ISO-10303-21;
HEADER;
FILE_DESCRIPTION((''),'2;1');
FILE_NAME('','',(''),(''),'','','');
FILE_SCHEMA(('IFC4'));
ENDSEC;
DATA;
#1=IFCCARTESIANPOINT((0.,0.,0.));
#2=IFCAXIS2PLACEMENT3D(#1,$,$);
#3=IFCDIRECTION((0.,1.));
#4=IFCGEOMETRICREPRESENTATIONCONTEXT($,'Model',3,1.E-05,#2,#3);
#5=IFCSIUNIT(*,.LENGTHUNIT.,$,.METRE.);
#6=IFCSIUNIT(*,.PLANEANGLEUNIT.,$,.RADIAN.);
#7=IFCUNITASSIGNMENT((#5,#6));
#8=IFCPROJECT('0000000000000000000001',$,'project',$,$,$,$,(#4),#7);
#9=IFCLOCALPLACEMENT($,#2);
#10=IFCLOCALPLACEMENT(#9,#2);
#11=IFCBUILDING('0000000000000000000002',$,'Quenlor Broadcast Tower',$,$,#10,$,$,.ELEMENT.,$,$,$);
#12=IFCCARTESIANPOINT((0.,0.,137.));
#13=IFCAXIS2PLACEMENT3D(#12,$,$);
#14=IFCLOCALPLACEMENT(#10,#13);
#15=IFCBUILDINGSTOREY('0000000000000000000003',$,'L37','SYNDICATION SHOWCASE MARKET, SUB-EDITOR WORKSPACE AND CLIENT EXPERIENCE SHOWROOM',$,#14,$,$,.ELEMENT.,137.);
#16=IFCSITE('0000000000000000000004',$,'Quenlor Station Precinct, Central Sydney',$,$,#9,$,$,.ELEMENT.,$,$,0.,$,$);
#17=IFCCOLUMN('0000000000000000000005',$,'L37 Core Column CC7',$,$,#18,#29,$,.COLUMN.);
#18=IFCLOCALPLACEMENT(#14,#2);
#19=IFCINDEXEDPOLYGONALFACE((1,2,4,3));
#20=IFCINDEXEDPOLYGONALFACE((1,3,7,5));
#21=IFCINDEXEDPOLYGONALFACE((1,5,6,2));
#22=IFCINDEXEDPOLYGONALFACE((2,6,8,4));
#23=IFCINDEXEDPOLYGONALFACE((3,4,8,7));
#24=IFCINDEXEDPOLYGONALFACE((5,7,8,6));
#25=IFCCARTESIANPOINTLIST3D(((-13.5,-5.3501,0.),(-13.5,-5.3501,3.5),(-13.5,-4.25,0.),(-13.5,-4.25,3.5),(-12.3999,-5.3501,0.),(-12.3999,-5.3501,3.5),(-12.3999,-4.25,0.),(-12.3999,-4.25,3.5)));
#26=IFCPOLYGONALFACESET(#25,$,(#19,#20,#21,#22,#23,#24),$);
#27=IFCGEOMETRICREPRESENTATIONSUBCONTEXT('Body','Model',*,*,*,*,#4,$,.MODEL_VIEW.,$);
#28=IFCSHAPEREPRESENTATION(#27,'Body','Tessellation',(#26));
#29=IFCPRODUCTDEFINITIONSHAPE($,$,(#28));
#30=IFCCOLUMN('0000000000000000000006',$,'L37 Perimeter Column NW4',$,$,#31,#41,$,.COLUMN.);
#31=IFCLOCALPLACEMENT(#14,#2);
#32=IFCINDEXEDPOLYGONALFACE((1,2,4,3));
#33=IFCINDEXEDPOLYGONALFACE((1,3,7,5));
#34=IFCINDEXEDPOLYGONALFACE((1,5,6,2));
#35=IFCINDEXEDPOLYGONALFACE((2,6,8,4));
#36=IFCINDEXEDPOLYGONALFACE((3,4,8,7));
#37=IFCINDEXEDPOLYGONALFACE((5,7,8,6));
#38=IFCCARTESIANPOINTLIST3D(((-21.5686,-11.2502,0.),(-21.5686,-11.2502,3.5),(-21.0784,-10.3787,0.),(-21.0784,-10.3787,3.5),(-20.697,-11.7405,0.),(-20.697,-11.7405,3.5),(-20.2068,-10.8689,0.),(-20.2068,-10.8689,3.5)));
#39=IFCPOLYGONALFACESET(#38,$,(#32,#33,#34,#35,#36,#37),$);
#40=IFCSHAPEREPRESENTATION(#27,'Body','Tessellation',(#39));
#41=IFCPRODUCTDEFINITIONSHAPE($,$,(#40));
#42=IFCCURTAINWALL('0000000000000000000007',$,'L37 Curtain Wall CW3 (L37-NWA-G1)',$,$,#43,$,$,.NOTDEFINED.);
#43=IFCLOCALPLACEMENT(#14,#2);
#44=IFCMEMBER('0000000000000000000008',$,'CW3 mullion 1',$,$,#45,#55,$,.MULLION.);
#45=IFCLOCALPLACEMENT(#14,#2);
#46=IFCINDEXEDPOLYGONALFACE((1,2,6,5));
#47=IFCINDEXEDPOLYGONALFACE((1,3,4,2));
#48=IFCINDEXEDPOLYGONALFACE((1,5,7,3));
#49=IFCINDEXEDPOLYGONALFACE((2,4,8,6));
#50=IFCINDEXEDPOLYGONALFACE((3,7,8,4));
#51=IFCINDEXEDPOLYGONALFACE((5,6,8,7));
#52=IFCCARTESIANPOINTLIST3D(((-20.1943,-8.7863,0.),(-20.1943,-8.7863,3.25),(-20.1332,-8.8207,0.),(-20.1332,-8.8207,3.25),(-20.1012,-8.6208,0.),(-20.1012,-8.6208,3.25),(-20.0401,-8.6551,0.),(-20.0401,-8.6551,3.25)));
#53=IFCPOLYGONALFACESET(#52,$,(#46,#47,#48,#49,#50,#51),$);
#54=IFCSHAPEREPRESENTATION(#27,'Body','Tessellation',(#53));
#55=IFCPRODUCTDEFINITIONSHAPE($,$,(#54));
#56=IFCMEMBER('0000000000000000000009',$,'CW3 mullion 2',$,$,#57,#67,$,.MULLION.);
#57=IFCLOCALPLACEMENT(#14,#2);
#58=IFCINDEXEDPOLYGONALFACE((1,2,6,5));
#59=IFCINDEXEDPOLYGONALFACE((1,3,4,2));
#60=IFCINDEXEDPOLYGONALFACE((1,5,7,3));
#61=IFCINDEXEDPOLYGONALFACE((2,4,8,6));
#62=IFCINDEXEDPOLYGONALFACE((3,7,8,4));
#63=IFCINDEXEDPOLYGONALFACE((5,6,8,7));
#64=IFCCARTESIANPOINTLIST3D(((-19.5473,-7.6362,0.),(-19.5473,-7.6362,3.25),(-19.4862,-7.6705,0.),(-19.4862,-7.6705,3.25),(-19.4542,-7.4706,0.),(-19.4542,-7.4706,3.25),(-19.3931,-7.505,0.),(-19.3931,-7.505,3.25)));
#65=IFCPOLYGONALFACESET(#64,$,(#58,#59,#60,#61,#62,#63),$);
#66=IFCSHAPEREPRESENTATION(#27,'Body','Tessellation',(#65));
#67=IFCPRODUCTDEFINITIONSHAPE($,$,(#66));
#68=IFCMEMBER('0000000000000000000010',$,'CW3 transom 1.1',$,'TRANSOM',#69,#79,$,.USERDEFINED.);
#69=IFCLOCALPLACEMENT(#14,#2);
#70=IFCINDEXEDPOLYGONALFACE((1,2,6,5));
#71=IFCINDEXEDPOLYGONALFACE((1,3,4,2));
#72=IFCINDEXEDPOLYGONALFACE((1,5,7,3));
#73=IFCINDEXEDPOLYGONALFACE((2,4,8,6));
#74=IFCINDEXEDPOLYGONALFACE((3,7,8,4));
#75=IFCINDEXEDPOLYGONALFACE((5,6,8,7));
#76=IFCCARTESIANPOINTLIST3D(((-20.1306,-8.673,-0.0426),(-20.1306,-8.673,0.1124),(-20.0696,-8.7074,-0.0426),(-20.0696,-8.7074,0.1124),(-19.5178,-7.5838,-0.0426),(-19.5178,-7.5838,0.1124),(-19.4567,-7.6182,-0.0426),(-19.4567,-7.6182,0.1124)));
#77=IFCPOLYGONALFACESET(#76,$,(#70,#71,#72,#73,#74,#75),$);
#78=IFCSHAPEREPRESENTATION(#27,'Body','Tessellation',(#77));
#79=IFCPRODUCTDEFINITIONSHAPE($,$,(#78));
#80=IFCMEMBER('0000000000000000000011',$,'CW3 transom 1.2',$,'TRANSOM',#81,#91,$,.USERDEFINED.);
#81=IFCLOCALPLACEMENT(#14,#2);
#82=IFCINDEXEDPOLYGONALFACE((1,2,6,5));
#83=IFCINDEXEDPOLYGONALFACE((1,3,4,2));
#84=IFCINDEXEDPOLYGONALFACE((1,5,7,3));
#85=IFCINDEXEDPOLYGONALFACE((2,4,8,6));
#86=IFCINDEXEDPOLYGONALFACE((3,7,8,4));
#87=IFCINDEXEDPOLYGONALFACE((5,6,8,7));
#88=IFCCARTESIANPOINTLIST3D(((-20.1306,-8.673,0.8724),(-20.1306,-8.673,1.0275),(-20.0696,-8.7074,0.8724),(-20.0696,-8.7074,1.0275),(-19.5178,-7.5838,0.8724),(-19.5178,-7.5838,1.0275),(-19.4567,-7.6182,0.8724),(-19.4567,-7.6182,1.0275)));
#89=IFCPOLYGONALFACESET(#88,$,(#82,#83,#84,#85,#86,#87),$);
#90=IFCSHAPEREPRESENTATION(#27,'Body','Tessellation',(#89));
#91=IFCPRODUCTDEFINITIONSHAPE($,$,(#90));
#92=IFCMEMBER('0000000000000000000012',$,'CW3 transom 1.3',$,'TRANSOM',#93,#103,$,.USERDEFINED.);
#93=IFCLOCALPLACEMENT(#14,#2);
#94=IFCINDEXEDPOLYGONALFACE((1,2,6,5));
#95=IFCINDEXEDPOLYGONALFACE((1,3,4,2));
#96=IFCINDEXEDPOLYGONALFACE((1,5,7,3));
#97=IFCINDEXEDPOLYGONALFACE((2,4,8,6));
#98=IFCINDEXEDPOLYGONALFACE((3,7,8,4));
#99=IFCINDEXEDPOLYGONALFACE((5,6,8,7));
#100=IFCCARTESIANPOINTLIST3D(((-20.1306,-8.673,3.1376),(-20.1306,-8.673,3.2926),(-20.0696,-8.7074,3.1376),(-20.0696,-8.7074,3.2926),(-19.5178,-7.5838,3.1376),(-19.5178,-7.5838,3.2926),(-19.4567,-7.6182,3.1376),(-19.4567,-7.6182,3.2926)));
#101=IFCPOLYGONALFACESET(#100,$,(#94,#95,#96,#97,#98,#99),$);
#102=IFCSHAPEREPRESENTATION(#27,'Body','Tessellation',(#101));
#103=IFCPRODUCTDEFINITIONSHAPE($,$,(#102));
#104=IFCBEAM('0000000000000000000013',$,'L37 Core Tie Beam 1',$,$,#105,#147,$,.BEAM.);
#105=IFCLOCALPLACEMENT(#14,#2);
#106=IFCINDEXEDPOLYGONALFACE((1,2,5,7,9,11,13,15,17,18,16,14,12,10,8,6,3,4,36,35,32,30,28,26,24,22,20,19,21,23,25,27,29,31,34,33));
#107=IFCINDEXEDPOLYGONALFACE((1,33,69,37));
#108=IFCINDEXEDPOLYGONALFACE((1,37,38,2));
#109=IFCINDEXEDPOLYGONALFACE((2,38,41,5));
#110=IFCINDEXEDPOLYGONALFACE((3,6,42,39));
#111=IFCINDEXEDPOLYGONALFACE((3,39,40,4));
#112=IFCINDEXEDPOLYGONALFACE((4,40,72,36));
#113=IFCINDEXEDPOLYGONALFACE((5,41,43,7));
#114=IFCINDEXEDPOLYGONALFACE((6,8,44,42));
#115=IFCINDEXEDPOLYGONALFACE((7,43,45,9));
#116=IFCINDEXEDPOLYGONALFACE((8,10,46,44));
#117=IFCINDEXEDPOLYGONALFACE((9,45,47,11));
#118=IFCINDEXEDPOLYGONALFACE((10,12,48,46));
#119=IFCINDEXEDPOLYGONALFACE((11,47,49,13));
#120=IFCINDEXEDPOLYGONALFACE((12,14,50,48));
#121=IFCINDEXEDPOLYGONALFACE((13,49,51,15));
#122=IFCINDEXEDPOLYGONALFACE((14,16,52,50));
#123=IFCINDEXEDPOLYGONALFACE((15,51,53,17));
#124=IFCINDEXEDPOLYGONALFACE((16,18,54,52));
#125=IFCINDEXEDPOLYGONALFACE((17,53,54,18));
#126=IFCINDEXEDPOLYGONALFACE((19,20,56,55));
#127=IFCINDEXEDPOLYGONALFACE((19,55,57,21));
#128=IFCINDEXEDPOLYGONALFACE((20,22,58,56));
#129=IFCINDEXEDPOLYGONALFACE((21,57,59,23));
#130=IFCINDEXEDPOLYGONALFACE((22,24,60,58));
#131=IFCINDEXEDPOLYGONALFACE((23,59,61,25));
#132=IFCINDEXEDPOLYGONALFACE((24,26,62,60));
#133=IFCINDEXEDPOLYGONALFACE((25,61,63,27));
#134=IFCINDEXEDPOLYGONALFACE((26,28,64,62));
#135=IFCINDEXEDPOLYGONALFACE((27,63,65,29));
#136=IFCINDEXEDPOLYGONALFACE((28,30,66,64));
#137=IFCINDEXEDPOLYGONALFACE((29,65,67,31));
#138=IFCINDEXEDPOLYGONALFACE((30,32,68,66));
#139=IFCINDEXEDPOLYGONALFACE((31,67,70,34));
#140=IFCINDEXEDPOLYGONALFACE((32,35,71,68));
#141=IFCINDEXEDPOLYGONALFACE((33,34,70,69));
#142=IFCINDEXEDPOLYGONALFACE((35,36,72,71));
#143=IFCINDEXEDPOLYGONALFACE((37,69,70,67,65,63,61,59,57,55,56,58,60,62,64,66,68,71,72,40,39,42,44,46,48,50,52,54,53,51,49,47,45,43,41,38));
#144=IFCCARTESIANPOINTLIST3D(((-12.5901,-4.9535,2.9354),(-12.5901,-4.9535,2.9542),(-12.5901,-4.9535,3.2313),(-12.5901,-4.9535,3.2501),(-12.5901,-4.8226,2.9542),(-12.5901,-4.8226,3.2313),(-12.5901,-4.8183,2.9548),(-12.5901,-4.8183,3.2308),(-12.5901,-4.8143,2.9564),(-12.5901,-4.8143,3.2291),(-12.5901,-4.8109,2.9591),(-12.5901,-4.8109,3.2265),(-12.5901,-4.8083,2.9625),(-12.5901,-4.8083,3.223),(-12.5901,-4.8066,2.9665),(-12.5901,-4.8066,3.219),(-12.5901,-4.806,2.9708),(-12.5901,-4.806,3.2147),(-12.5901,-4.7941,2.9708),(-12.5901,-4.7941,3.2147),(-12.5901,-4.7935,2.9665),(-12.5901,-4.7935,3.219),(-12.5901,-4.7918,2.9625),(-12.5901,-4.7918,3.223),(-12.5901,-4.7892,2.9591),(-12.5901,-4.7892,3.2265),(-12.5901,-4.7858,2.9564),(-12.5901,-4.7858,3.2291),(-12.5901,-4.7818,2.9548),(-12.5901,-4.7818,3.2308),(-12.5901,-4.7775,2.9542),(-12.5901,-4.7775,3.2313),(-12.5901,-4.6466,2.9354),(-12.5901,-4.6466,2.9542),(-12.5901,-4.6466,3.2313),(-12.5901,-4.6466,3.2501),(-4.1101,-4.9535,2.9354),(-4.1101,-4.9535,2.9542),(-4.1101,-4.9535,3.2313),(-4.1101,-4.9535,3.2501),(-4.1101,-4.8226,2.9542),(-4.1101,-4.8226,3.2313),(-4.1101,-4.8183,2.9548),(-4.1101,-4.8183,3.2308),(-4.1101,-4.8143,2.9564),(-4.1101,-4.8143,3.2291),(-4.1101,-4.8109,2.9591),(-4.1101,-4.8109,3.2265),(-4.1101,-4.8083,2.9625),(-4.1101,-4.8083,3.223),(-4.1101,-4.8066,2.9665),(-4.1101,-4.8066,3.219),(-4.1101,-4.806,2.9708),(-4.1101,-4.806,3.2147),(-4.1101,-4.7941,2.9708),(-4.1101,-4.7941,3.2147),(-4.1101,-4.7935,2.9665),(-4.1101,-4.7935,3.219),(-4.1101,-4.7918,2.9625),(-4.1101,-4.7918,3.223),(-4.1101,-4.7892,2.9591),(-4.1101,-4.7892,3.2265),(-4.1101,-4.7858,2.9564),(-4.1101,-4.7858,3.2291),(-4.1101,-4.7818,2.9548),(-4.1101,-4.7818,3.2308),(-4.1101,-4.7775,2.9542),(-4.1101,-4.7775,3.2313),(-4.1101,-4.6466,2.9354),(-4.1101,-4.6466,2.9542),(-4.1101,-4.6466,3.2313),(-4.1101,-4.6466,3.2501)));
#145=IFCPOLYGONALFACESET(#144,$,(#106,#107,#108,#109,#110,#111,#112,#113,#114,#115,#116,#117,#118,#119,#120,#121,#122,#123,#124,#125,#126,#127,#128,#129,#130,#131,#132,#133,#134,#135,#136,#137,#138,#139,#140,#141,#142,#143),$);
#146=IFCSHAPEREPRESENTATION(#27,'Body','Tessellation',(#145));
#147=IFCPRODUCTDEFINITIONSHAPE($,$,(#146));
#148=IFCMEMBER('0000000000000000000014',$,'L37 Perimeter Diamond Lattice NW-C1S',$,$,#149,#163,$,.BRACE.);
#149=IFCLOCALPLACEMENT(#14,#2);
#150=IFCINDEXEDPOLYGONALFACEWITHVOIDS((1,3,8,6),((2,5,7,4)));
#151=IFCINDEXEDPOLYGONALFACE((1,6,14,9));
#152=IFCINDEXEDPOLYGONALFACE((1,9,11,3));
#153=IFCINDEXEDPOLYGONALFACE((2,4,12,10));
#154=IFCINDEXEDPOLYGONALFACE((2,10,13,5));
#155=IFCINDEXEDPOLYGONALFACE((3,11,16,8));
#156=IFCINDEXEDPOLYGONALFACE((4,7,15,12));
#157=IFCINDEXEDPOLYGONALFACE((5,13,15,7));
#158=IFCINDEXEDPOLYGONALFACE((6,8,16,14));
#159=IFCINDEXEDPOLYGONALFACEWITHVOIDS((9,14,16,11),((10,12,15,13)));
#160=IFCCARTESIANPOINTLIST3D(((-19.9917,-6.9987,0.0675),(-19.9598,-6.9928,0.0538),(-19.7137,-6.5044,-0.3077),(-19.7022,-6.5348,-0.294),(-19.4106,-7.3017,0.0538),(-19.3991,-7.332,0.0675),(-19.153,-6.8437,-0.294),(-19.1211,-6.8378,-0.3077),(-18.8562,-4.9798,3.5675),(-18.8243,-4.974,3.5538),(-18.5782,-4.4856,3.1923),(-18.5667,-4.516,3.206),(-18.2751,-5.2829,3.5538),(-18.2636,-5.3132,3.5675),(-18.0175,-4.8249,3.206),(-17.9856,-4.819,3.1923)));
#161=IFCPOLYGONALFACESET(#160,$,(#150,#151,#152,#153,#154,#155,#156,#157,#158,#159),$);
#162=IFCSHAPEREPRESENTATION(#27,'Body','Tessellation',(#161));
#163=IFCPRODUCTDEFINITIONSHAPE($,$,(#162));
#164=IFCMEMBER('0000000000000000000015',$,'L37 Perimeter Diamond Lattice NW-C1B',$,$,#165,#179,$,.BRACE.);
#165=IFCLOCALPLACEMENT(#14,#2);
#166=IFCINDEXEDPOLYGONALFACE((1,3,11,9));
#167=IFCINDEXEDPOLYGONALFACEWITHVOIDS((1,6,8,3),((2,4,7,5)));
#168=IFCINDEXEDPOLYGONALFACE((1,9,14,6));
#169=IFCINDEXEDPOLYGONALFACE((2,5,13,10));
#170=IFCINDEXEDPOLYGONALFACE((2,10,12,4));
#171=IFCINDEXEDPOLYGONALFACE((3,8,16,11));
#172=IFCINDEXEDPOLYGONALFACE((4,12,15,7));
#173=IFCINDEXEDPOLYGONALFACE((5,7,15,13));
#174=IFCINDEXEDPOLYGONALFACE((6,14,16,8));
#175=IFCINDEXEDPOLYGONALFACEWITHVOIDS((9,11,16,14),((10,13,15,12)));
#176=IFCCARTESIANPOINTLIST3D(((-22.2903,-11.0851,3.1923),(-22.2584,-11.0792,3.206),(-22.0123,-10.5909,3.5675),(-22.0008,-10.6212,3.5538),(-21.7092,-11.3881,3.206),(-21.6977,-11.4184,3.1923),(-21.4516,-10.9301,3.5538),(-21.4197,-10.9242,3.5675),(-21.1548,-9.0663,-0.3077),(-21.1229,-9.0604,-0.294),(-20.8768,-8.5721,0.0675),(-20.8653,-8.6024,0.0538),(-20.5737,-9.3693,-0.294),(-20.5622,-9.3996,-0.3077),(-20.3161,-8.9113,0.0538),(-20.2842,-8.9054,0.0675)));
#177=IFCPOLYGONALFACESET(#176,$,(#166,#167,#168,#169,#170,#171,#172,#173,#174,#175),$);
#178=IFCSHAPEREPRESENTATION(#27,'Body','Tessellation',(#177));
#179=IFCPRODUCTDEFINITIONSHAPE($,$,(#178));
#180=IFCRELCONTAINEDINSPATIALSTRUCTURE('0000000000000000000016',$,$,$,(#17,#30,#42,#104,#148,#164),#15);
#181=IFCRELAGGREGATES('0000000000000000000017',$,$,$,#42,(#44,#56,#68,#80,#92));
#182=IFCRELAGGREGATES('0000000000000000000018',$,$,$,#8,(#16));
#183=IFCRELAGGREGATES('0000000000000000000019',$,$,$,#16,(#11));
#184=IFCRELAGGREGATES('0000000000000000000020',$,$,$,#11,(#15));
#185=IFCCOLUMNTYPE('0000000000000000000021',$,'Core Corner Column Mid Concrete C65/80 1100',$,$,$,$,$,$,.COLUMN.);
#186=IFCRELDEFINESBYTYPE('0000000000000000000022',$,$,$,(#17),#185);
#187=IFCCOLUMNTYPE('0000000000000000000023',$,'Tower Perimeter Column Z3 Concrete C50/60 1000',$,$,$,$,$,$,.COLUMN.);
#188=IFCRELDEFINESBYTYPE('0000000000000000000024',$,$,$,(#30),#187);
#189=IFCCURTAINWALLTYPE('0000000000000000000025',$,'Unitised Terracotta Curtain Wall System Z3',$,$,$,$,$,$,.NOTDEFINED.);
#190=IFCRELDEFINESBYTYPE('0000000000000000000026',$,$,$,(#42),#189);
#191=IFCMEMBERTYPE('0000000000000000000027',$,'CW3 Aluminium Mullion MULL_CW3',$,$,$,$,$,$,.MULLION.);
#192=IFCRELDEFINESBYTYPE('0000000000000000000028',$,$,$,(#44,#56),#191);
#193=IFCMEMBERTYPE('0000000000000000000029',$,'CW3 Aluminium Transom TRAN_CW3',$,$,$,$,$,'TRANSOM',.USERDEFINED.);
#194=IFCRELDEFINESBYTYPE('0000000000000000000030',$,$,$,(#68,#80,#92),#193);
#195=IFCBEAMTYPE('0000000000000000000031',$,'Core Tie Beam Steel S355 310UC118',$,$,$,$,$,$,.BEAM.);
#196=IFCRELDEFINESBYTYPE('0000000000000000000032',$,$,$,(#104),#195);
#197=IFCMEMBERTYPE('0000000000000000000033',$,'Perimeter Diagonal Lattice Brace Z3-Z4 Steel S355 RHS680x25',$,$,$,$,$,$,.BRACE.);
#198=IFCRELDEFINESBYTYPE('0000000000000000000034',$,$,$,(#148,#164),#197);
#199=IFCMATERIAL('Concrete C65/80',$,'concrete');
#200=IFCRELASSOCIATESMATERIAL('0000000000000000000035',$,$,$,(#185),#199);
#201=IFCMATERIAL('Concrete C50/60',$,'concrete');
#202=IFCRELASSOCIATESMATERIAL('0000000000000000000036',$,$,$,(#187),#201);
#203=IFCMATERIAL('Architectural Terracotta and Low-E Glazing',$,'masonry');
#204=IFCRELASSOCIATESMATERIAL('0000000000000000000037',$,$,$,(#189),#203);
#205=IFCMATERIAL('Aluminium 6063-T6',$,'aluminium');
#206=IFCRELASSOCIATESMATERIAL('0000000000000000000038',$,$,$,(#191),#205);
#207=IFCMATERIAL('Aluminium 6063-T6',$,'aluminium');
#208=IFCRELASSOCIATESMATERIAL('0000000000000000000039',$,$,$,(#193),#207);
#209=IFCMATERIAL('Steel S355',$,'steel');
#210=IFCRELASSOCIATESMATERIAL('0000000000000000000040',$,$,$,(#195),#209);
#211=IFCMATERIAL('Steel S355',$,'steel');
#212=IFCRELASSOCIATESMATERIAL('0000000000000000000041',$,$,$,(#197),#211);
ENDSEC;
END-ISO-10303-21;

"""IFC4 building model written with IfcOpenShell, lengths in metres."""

from ifc_helpers import new_model, si_unit, direction, frame, origin, origin_2d, place, context, subcontext, project, spatial, rectangle, hollow_rectangle, i_section, extrude, material, material_profile, profile_set, type_object, element, aggregate, save


model = new_model("IFC4")

# Units and contexts
model_context = context("Model", 3, precision=1e-05, world=origin(), true_north=direction((0.0, 1.0)))
body_context = subcontext(model_context, "Body", "Model", "MODEL_VIEW")
ifc_project = project(units=[si_unit("LENGTHUNIT", "METRE"), si_unit("PLANEANGLEUNIT", "RADIAN")], contexts=[model_context])

# Site, building, storey
site_placement = place(None, origin())
site = spatial("IfcSite", under=ifc_project, at=site_placement, Name="Quenlor Station Precinct, Central Sydney", CompositionType="ELEMENT", RefElevation=0.0)
building_placement = place(site_placement, origin())
building = spatial("IfcBuilding", under=site, at=building_placement, Name="Quenlor Broadcast Tower", CompositionType="ELEMENT")
storey_placement = place(building_placement, frame((0.0, 0.0, 137.0)))
storey = spatial("IfcBuildingStorey", under=building, at=storey_placement, Name="L37", Description="SYNDICATION SHOWCASE MARKET, SUB-EDITOR WORKSPACE AND CLIENT EXPERIENCE SHOWROOM", CompositionType="ELEMENT", Elevation=137.0)

# Columns
ifc_material_1 = material(Name="Concrete C65/80", Category="concrete")
ifc_material_profile_1 = material_profile(ifc_material_1, rectangle(XDim=1.1001, YDim=1.1001, at=origin_2d()))
ifc_profile_set_1 = profile_set([ifc_material_profile_1], Name="Concrete C65/80 RC1100x1100")
column_type_1 = type_object("IfcColumnType", Name="Core Corner Column Mid Concrete C65/80 1100", PredefinedType="COLUMN", material=ifc_profile_set_1)
column_1_placement = place(storey_placement, frame((-12.95, -4.8, 0.0), z_axis=(0.0, 0.0, 1.0), x_axis=(1.0, 0.0, 0.0)))
element("IfcColumn", 1, at=column_1_placement, inside=storey, type_object=column_type_1, Name="L37 Core Column CC7", PredefinedType="COLUMN", context=body_context, shape_type="SweptSolid", body=[
    extrude(rectangle(XDim=1.1001, YDim=1.1001, at=origin_2d()), origin(), (0.0, 0.0, 1.0), 3.5),
])
ifc_material_2 = material(Name="Concrete C50/60", Category="concrete")
ifc_material_profile_2 = material_profile(ifc_material_2, rectangle(XDim=1.0, YDim=1.0, at=origin_2d()))
ifc_profile_set_2 = profile_set([ifc_material_profile_2], Name="Concrete C50/60 RC1000x1000")
column_type_2 = type_object("IfcColumnType", Name="Tower Perimeter Column Z3 Concrete C50/60 1000", PredefinedType="COLUMN", material=ifc_profile_set_2)
column_2_placement = place(storey_placement, frame((-20.8877, -11.0596, 0.0), z_axis=(0.0, 0.0, 1.0), x_axis=(-0.871575, 0.490262, 0.0)))
element("IfcColumn", 2, at=column_2_placement, inside=storey, type_object=column_type_2, Name="L37 Perimeter Column NW4", PredefinedType="COLUMN", context=body_context, shape_type="SweptSolid", body=[
    extrude(rectangle(XDim=1.0, YDim=1.0, at=origin_2d()), origin(), (0.0, 0.0, 1.0), 3.5),
])

# Curtain wall, members
ifc_material_3 = material(Name="Architectural Terracotta and Low-E Glazing", Category="masonry")
curtain_wall_type = type_object("IfcCurtainWallType", Name="Unitised Terracotta Curtain Wall System Z3", PredefinedType="NOTDEFINED", material=ifc_material_3)
curtain_wall_placement = place(storey_placement, origin())
curtain_wall = element("IfcCurtainWall", 3, at=curtain_wall_placement, inside=storey, type_object=curtain_wall_type, Name="L37 Curtain Wall CW3 (L37-NWA-G1)", PredefinedType="NOTDEFINED")
ifc_material_4 = material(Name="Aluminium 6063-T6", Category="aluminium")
ifc_material_profile_3 = material_profile(ifc_material_4, rectangle(XDim=0.0701, YDim=0.1899, at=origin_2d()))
ifc_profile_set_3 = profile_set([ifc_material_profile_3], Name="Aluminium 6063-T6 MULL70x190")
member_type_1 = type_object("IfcMemberType", Name="CW3 Aluminium Mullion MULL_CW3", PredefinedType="MULLION", material=ifc_profile_set_3)
member_1_placement = place(storey_placement, frame((-20.1172, -8.7207, 0.0), z_axis=(0.0, 0.0, 1.0), x_axis=(-0.871576, 0.490261, 0.0)))
member_1 = element("IfcMember", 4, at=member_1_placement, type_object=member_type_1, Name="CW3 mullion 1", PredefinedType="MULLION", context=body_context, shape_type="SweptSolid", body=[
    extrude(rectangle(XDim=0.0701, YDim=0.1899, at=origin_2d()), origin(), (0.0, 0.0, 1.0), 3.25),
])
member_2_placement = place(storey_placement, frame((-19.4702, -7.5706, 0.0), z_axis=(0.0, 0.0, 1.0), x_axis=(-0.871576, 0.490261, 0.0)))
member_2 = element("IfcMember", 5, at=member_2_placement, type_object=member_type_1, Name="CW3 mullion 2", PredefinedType="MULLION", context=body_context, shape_type="SweptSolid", body=[
    extrude(rectangle(XDim=0.0701, YDim=0.1899, at=origin_2d()), origin(), (0.0, 0.0, 1.0), 3.25),
])
ifc_material_5 = material(Name="Aluminium 6063-T6", Category="aluminium")
ifc_material_profile_4 = material_profile(ifc_material_5, rectangle(XDim=0.0701, YDim=0.155, at=origin_2d()))
ifc_profile_set_4 = profile_set([ifc_material_profile_4], Name="Aluminium 6063-T6 TRAN70x155")
member_type_2 = type_object("IfcMemberType", Name="CW3 Aluminium Transom TRAN_CW3", ElementType="TRANSOM", PredefinedType="USERDEFINED", material=ifc_profile_set_4)
member_3_placement = place(storey_placement, frame((-20.1001, -8.6902, 0.0349), z_axis=(0.490363, 0.871518, 0.0), x_axis=(-0.871518, 0.490363, 0.0)))
member_3 = element("IfcMember", 6, at=member_3_placement, type_object=member_type_2, Name="CW3 transom 1.1", ObjectType="TRANSOM", PredefinedType="USERDEFINED", context=body_context, shape_type="SweptSolid", body=[
    extrude(rectangle(XDim=0.0701, YDim=0.155, at=origin_2d()), origin(), (0.0, 0.0, 1.0), 1.2498),
])
member_4_placement = place(storey_placement, frame((-20.1001, -8.6902, 0.95), z_axis=(0.490363, 0.871518, 0.0), x_axis=(-0.871518, 0.490363, 0.0)))
member_4 = element("IfcMember", 7, at=member_4_placement, type_object=member_type_2, Name="CW3 transom 1.2", ObjectType="TRANSOM", PredefinedType="USERDEFINED", context=body_context, shape_type="SweptSolid", body=[
    extrude(rectangle(XDim=0.0701, YDim=0.155, at=origin_2d()), origin(), (0.0, 0.0, 1.0), 1.2498),
])
member_5_placement = place(storey_placement, frame((-20.1001, -8.6902, 3.2151), z_axis=(0.490363, 0.871518, 0.0), x_axis=(-0.871518, 0.490363, 0.0)))
member_5 = element("IfcMember", 8, at=member_5_placement, type_object=member_type_2, Name="CW3 transom 1.3", ObjectType="TRANSOM", PredefinedType="USERDEFINED", context=body_context, shape_type="SweptSolid", body=[
    extrude(rectangle(XDim=0.0701, YDim=0.155, at=origin_2d()), origin(), (0.0, 0.0, 1.0), 1.2498),
])

# Beam
ifc_material_6 = material(Name="Steel S355", Category="steel")
ifc_material_profile_5 = material_profile(ifc_material_6, i_section(OverallWidth=0.3069, OverallDepth=0.3147, WebThickness=0.012, FlangeThickness=0.0188, FilletRadius=0.0166, at=origin_2d()))
ifc_profile_set_5 = profile_set([ifc_material_profile_5], Name="Steel S355 310UC118")
beam_type_1 = type_object("IfcBeamType", Name="Core Tie Beam Steel S355 310UC118", PredefinedType="BEAM", material=ifc_profile_set_5)
beam_1_placement = place(storey_placement, frame((-12.5901, -4.8, 3.0928), z_axis=(1.0, 0.0, 0.0), x_axis=(0.0, 1.0, 0.0)))
element("IfcBeam", 9, at=beam_1_placement, inside=storey, type_object=beam_type_1, Name="L37 Core Tie Beam 1", PredefinedType="BEAM", context=body_context, shape_type="SweptSolid", body=[
    extrude(i_section(OverallWidth=0.3069, OverallDepth=0.3147, WebThickness=0.012, FlangeThickness=0.0188, FilletRadius=0.0166, at=origin_2d()), origin(), (0.0, 0.0, 1.0), 8.48),
])

# Members
ifc_material_7 = material(Name="Steel S355", Category="steel")
ifc_material_profile_6 = material_profile(ifc_material_7, hollow_rectangle(XDim=0.6799, YDim=0.6799, WallThickness=0.0249, at=origin_2d()))
ifc_profile_set_6 = profile_set([ifc_material_profile_6], Name="Steel S355 RHS680x680x25")
member_type_3 = type_object("IfcMemberType", Name="Perimeter Diagonal Lattice Brace Z3-Z4 Steel S355 RHS680x25", PredefinedType="BRACE", material=ifc_profile_set_6)
for number, where, z_axis, x_axis, name in (
    (10, (-19.5564, -6.9182, -0.1201), (0.270549, 0.481009, 0.833927), (-0.87159, 0.490236, 0.0), "L37 Perimeter Diamond Lattice NW-C1S"),
    (11, (-20.7195, -8.9858, -0.1201), (-0.270549, -0.481009, 0.833927), (0.87159, -0.490236, 0.0), "L37 Perimeter Diamond Lattice NW-C1B"),
):
    element("IfcMember", number, at=place(storey_placement, frame(where, z_axis=z_axis, x_axis=x_axis)), inside=storey, type_object=member_type_3, Name=name, PredefinedType="BRACE", context=body_context, shape_type="SweptSolid", body=[
        extrude(hollow_rectangle(XDim=0.6799, YDim=0.6799, WallThickness=0.0249, at=origin_2d()), origin(), (0.0, 0.0, 1.0), 4.197),
    ])

aggregate(curtain_wall, [member_1, member_2, member_3, member_4, member_5])

save(model, "model.ifc")
